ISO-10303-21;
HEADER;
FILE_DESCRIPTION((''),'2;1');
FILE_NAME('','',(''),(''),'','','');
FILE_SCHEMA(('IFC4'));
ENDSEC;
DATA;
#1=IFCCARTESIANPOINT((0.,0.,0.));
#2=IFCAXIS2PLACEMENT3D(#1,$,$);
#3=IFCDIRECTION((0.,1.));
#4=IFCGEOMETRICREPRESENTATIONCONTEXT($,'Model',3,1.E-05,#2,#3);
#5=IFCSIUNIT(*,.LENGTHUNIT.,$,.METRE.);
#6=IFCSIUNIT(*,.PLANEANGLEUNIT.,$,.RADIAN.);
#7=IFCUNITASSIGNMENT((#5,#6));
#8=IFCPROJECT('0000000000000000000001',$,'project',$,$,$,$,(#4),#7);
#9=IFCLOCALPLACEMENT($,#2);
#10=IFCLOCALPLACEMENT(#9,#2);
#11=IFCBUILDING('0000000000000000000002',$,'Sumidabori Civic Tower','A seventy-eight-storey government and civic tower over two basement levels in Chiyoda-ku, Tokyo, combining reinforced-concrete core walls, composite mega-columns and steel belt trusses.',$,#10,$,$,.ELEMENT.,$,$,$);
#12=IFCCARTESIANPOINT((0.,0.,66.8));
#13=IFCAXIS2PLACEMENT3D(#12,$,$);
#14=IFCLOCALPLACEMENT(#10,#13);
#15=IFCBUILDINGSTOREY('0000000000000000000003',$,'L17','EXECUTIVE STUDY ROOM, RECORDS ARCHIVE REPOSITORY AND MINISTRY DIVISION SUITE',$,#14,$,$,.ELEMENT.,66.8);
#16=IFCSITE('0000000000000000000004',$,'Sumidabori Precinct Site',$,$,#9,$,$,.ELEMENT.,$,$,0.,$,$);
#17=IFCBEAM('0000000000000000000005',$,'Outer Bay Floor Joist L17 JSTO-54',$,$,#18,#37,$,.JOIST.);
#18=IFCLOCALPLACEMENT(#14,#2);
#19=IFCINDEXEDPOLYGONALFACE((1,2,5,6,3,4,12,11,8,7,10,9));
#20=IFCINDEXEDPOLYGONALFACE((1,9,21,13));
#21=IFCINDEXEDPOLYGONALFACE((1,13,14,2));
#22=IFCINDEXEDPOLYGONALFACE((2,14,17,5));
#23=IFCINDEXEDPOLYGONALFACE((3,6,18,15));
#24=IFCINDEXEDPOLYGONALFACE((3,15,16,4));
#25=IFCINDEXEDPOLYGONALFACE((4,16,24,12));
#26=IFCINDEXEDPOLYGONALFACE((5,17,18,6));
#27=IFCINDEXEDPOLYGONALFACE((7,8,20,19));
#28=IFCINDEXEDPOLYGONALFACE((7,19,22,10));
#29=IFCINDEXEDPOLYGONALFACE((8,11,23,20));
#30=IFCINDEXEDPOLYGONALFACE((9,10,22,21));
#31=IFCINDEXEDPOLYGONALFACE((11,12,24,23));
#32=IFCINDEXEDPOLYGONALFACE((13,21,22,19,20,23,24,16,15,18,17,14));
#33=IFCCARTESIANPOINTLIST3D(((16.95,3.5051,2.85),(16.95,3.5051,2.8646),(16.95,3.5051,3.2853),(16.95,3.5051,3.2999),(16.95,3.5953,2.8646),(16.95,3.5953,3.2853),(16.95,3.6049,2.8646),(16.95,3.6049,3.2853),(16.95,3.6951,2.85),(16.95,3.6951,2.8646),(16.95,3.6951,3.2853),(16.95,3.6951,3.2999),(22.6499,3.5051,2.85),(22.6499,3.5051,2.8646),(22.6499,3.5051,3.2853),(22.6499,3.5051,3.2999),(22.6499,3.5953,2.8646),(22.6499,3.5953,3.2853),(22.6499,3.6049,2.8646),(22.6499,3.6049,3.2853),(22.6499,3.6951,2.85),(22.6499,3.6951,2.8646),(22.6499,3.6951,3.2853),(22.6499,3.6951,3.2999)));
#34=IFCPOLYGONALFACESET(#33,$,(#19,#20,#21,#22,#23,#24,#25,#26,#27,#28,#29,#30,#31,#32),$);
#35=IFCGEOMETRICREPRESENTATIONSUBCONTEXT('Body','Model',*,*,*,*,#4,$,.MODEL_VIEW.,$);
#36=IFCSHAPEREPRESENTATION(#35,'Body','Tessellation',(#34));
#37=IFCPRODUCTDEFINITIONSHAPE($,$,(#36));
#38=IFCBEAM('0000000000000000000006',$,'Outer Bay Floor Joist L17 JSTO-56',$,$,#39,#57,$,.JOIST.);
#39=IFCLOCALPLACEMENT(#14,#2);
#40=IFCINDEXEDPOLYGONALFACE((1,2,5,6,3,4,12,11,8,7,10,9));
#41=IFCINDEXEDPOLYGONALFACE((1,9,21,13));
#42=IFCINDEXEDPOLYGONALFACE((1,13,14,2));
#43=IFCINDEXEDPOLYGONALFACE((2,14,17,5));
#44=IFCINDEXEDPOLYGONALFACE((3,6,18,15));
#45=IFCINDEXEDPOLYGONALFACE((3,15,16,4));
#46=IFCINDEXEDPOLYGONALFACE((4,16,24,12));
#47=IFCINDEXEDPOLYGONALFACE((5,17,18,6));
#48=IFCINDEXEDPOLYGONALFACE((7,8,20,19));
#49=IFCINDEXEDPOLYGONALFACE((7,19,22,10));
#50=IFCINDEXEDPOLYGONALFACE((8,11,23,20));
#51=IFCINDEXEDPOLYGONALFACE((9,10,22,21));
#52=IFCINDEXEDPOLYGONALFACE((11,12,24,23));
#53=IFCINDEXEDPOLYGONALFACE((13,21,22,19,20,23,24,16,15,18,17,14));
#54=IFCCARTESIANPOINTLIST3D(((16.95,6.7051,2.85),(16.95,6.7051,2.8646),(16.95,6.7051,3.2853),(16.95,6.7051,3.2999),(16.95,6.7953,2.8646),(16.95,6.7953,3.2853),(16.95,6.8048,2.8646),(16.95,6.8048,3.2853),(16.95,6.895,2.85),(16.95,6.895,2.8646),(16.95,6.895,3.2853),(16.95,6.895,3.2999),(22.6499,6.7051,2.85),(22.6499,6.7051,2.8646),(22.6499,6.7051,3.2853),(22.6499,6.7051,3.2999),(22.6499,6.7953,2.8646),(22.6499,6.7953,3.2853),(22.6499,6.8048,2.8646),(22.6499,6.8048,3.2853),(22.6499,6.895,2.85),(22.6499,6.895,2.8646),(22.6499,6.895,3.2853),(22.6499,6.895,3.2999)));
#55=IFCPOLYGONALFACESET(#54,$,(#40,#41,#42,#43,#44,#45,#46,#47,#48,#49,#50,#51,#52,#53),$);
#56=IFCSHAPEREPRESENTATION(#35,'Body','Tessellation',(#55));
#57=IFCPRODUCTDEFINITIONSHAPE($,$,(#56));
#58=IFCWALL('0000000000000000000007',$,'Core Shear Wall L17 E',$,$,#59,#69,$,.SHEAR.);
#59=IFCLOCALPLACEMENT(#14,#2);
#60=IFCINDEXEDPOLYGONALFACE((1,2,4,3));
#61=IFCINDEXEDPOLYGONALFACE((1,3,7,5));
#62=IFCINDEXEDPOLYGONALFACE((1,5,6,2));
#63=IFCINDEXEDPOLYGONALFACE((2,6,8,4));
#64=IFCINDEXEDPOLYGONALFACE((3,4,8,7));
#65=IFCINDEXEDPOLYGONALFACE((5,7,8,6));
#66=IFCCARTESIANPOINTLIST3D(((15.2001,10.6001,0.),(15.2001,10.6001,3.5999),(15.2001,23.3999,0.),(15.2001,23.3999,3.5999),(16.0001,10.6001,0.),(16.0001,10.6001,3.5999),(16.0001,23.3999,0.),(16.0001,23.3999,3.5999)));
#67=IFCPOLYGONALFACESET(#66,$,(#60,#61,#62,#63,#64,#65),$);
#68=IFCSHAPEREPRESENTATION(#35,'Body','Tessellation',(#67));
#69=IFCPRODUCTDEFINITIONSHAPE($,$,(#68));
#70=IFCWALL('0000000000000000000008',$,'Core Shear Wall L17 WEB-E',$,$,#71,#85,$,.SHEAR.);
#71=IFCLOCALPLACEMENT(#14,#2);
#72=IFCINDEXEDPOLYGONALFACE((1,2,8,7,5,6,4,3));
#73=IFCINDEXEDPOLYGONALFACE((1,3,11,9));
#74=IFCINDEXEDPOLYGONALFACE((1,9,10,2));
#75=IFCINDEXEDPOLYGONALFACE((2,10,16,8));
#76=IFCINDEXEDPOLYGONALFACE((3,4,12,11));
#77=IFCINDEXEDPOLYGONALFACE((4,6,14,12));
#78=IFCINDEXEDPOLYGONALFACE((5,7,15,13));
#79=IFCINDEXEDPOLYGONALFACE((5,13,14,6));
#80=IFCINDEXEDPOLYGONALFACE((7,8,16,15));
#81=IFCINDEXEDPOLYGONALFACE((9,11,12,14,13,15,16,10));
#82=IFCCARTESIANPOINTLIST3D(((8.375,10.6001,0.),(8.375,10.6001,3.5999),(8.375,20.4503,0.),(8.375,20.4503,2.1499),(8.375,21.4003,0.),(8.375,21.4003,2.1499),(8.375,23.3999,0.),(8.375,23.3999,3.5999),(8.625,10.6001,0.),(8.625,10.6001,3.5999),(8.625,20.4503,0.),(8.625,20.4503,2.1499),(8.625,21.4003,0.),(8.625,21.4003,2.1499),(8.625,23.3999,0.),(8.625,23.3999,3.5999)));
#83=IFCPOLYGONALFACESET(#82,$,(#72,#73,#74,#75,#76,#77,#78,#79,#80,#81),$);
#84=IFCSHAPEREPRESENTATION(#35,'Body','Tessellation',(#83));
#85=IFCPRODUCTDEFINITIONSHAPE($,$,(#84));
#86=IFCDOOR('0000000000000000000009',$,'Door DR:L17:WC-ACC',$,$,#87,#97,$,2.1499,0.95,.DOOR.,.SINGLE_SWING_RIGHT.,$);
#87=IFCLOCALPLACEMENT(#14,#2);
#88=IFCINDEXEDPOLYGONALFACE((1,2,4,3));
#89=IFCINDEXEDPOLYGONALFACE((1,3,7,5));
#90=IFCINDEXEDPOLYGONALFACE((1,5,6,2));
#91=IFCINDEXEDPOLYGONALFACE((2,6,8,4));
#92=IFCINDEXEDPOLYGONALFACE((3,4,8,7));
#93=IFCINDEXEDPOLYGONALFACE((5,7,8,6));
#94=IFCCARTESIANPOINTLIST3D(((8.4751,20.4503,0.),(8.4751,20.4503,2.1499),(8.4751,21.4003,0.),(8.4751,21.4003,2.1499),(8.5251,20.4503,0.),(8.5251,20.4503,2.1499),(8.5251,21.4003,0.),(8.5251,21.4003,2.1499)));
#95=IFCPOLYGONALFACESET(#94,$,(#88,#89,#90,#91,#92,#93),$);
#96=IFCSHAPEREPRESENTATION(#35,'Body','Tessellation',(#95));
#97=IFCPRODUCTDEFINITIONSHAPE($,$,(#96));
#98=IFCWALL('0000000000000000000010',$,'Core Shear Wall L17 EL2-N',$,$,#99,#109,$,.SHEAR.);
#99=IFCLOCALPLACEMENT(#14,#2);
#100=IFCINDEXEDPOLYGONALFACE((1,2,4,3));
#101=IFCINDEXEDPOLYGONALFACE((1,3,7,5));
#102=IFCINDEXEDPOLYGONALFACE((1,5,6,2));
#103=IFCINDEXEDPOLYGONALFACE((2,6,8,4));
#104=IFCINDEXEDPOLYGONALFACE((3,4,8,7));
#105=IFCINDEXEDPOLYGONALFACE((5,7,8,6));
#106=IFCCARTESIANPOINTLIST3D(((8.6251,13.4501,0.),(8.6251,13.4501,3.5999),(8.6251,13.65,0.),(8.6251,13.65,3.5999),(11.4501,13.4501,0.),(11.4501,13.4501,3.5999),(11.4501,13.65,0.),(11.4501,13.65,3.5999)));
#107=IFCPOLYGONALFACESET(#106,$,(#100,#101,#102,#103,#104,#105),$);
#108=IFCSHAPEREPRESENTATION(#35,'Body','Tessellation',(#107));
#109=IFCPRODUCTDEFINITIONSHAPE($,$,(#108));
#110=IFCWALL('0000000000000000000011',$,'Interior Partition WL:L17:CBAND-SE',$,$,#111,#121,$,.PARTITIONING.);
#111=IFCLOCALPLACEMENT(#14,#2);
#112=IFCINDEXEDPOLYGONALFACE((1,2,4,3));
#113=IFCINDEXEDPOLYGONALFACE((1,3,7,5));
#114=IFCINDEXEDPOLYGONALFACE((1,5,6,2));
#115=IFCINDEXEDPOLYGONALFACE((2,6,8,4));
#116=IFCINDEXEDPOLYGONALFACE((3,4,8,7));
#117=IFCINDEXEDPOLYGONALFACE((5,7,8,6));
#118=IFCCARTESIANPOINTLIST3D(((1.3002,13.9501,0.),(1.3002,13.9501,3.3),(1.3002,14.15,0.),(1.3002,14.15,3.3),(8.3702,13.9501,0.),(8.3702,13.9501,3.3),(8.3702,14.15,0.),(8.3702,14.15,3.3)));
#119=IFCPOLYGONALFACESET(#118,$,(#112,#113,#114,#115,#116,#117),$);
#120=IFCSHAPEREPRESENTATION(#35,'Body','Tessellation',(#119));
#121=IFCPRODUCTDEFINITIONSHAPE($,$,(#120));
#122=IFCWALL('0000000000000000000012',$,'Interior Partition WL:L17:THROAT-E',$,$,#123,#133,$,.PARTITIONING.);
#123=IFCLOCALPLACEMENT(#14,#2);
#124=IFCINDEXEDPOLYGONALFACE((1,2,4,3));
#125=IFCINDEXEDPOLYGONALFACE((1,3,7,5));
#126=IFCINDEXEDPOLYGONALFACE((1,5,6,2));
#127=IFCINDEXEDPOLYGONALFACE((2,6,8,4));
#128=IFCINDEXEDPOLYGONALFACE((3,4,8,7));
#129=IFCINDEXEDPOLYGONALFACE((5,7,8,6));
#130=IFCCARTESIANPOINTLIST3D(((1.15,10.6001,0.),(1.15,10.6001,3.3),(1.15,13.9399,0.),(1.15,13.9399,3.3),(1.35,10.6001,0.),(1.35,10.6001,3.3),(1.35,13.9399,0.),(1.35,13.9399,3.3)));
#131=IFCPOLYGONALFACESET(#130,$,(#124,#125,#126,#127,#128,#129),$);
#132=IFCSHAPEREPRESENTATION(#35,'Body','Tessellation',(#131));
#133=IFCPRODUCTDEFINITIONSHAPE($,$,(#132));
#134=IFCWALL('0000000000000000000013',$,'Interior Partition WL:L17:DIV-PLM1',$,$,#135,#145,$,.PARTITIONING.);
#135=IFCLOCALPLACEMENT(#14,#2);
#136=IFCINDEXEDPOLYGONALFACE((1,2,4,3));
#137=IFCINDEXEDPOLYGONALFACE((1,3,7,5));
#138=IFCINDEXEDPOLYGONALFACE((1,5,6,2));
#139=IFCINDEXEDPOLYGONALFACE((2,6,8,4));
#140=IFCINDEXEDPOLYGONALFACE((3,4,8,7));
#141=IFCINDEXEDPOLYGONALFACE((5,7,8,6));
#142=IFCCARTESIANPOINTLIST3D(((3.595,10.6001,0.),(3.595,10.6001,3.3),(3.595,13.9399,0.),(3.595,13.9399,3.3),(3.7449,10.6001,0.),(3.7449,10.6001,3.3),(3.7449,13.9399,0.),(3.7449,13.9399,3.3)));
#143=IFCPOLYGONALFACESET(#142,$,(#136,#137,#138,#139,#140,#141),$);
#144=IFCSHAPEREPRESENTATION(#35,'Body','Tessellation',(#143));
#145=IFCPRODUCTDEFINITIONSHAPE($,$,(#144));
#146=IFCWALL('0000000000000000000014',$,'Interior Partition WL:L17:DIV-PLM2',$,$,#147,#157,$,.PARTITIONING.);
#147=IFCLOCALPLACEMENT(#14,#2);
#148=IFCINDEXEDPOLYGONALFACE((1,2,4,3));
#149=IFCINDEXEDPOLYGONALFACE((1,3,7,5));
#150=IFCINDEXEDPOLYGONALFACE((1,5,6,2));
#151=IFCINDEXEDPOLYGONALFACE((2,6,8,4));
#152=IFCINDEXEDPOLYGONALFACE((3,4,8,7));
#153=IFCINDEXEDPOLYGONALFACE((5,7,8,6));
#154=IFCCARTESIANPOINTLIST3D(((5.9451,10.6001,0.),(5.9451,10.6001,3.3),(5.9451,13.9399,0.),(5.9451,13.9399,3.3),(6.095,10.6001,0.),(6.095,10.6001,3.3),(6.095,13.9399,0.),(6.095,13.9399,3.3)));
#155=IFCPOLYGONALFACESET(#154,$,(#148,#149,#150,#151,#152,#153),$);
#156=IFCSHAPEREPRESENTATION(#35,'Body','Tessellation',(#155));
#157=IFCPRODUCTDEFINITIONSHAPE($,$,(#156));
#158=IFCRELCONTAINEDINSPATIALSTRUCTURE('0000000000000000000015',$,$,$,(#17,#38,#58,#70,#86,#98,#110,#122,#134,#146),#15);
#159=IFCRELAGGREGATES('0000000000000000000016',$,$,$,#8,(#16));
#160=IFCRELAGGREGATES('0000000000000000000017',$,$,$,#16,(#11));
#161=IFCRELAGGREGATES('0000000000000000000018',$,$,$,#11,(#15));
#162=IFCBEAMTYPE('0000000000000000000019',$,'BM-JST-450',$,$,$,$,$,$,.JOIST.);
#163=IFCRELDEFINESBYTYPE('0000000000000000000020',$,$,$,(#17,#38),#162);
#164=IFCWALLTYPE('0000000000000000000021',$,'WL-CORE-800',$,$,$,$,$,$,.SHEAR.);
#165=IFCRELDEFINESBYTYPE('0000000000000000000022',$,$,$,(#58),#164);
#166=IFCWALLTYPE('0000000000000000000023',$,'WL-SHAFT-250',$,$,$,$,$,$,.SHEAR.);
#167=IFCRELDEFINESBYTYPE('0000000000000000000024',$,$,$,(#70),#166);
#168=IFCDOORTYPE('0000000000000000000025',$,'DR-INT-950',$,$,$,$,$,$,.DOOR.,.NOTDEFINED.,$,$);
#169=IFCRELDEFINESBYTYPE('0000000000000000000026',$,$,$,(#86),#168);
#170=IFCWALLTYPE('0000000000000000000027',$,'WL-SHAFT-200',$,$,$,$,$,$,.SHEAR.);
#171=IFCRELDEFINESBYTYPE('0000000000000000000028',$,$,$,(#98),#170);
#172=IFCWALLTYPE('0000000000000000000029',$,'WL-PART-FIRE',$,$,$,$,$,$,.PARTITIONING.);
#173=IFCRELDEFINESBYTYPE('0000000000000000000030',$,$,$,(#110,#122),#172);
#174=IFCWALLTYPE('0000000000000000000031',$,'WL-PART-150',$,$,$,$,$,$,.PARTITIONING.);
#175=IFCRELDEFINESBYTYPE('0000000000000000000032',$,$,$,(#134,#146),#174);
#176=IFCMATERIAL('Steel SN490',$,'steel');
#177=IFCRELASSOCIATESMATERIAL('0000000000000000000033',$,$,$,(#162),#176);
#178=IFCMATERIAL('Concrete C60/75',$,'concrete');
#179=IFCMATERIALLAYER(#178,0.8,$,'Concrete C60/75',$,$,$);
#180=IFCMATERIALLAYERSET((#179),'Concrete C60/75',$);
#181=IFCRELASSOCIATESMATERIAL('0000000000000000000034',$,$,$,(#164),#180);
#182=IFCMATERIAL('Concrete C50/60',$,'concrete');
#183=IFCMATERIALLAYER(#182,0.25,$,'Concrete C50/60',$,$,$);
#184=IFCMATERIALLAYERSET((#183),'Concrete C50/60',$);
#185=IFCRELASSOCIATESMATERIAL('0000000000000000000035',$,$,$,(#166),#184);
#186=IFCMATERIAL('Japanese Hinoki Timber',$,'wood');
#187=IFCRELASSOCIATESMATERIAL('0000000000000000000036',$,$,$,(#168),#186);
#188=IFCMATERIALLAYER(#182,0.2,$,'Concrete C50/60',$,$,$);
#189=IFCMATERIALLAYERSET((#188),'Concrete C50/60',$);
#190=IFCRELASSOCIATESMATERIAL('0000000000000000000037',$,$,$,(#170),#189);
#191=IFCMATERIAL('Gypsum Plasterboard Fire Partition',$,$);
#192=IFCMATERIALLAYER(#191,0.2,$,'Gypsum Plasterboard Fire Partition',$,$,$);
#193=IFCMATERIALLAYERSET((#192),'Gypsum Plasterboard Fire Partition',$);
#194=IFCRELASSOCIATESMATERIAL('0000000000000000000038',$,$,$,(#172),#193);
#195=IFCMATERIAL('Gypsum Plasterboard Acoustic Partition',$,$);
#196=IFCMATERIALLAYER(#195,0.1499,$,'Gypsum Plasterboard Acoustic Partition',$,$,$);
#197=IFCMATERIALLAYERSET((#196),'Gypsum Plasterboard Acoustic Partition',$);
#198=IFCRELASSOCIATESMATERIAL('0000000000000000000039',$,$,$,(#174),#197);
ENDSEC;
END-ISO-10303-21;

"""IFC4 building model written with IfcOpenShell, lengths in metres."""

from ifc_helpers import new_model, si_unit, direction, frame, frame_2d, origin, origin_2d, place, context, subcontext, project, spatial, rectangle, i_section, extrude, source, transform, mapped, material, layer, layer_set, material_profile, profile_set, type_object, element, fill, save


model = new_model("IFC4")

# Units and contexts
model_context = context("Model", 3, precision=1e-05, world=origin(), true_north=direction((0.0, 1.0)))
body_context = subcontext(model_context, "Body", "Model", "MODEL_VIEW")
ifc_project = project(units=[si_unit("LENGTHUNIT", "METRE"), si_unit("PLANEANGLEUNIT", "RADIAN")], contexts=[model_context])

# Site, building, storey
site_placement = place(None, origin())
site = spatial("IfcSite", under=ifc_project, at=site_placement, Name="Sumidabori Precinct Site", CompositionType="ELEMENT", RefElevation=0.0)
building_placement = place(site_placement, origin())
building = spatial("IfcBuilding", under=site, at=building_placement, Name="Sumidabori Civic Tower", Description="A seventy-eight-storey government and civic tower over two basement levels in Chiyoda-ku, Tokyo, combining reinforced-concrete core walls, composite mega-columns and steel belt trusses.", CompositionType="ELEMENT")
storey_placement = place(building_placement, frame((0.0, 0.0, 66.8)))
storey = spatial("IfcBuildingStorey", under=building, at=storey_placement, Name="L17", Description="EXECUTIVE STUDY ROOM, RECORDS ARCHIVE REPOSITORY AND MINISTRY DIVISION SUITE", CompositionType="ELEMENT", Elevation=66.8)

# Shared definitions
ifc_material_1 = material(Name="Concrete C60/75", Category="concrete")

# Beams
ifc_material_2 = material(Name="Steel SN490", Category="steel")
ifc_material_profile_1 = material_profile(ifc_material_2, i_section(OverallWidth=0.1899, OverallDepth=0.45, WebThickness=0.0095, FlangeThickness=0.0146, at=origin_2d()), Name="IPE 450")
ifc_profile_set_1 = profile_set([ifc_material_profile_1], Name="Steel SN490")
beam_type_1 = type_object("IfcBeamType", Name="BM-JST-450", PredefinedType="JOIST", material=ifc_profile_set_1)
shared_shape_1 = source(origin(), body_context, "Body", "SweptSolid", [
    extrude(i_section(OverallWidth=0.1899, OverallDepth=0.45, WebThickness=0.0095, FlangeThickness=0.0146, at=origin_2d()), origin(), (0.0, 0.0, 1.0), 5.7),
])
for number, where, z_axis, x_axis, name in (
    (1, (16.95, 3.6001, 3.075), (1.0, 0.0, 0.0), (0.0, 1.0, 0.0), "Outer Bay Floor Joist L17 JSTO-54"),
    (2, (16.95, 6.8, 3.075), (1.0, 0.0, 0.0), (0.0, 1.0, 0.0), "Outer Bay Floor Joist L17 JSTO-56"),
):
    element("IfcBeam", number, at=place(storey_placement, frame(where, z_axis=z_axis, x_axis=x_axis)), inside=storey, type_object=beam_type_1, Name=name, PredefinedType="JOIST", context=body_context, shape_type="MappedRepresentation", body=[
        mapped(shared_shape_1, transform((0.0, 0.0, 0.0), x_axis=(1.0, 0.0, 0.0), y_axis=(0.0, 1.0, 0.0), z_axis=(0.0, 0.0, 1.0), scale=1.0)),
    ])

# Wall
ifc_layer_1 = layer(ifc_material_1, 0.8, Name="Concrete C60/75")
ifc_layer_set_1 = layer_set([ifc_layer_1], Name="Concrete C60/75")
wall_type_1 = type_object("IfcWallType", Name="WL-CORE-800", PredefinedType="SHEAR", material=ifc_layer_set_1)
shared_shape_2 = source(origin(), body_context, "Body", "SweptSolid", [
    extrude(rectangle(XDim=12.7998, YDim=0.8, at=frame_2d((6.3999, 0.0))), origin(), (0.0, 0.0, 1.0), 3.5999),
])
wall_1_placement = place(storey_placement, frame((15.6001, 10.6001, 0.0), z_axis=(0.0, 0.0, 1.0), x_axis=(0.0, 1.0, 0.0)))
element("IfcWall", 3, at=wall_1_placement, inside=storey, type_object=wall_type_1, Name="Core Shear Wall L17 E", PredefinedType="SHEAR", context=body_context, shape_type="MappedRepresentation", body=[
    mapped(shared_shape_2, transform((0.0, 0.0, 0.0), x_axis=(1.0, 0.0, 0.0), y_axis=(0.0, 1.0, 0.0), z_axis=(0.0, 0.0, 1.0), scale=1.0)),
])

# Wall, opening, door
ifc_material_3 = material(Name="Concrete C50/60", Category="concrete")
ifc_layer_2 = layer(ifc_material_3, 0.25, Name="Concrete C50/60")
ifc_layer_set_2 = layer_set([ifc_layer_2], Name="Concrete C50/60")
wall_type_2 = type_object("IfcWallType", Name="WL-SHAFT-250", PredefinedType="SHEAR", material=ifc_layer_set_2)
shared_shape_3 = source(origin(), body_context, "Body", "SweptSolid", [
    extrude(rectangle(XDim=12.7998, YDim=0.25, at=frame_2d((6.3999, 0.0))), origin(), (0.0, 0.0, 1.0), 3.5999),
])
wall_2_placement = place(storey_placement, frame((8.5, 10.6001, 0.0), z_axis=(0.0, 0.0, 1.0), x_axis=(0.0, 1.0, 0.0)))
wall_2 = element("IfcWall", 4, at=wall_2_placement, inside=storey, type_object=wall_type_2, Name="Core Shear Wall L17 WEB-E", PredefinedType="SHEAR", context=body_context, shape_type="MappedRepresentation", body=[
    mapped(shared_shape_3, transform((0.0, 0.0, 0.0), x_axis=(1.0, 0.0, 0.0), y_axis=(0.0, 1.0, 0.0), z_axis=(0.0, 0.0, 1.0), scale=1.0)),
])
opening_1_placement = place(wall_2_placement, frame((9.8501, 0.0, 0.0)))
opening_1 = element("IfcOpeningElement", 5, at=opening_1_placement, cuts=wall_2, PredefinedType="OPENING", context=body_context, shape_type="SweptSolid", body=[
    extrude(rectangle(XDim=0.95, YDim=2.1499, at=frame_2d((0.4751, 1.075))), frame((0.0, 0.137, 0.0), z_axis=(0.0, -1.0, 0.0), x_axis=(1.0, 0.0, 0.0)), (0.0, 0.0, 1.0), 0.2739),
])
ifc_material_4 = material(Name="Japanese Hinoki Timber", Category="wood")
door_type_1 = type_object("IfcDoorType", Name="DR-INT-950", OperationType="NOTDEFINED", PredefinedType="DOOR", material=ifc_material_4)
shared_shape_4 = source(origin(), body_context, "Body", "SweptSolid", [
    extrude(rectangle(XDim=0.95, YDim=2.1499, at=frame_2d((0.4751, 1.075))), frame((0.0, 0.0249, 0.0), z_axis=(0.0, -1.0, 0.0), x_axis=(1.0, 0.0, 0.0)), (0.0, 0.0, 1.0), 0.05),
])
door_1_placement = place(opening_1_placement, origin())
door_1 = element("IfcDoor", 6, at=door_1_placement, inside=storey, type_object=door_type_1, Name="Door DR:L17:WC-ACC", OperationType="SINGLE_SWING_RIGHT", OverallHeight=2.1499, OverallWidth=0.95, PredefinedType="DOOR", context=body_context, shape_type="MappedRepresentation", body=[
    mapped(shared_shape_4, transform((0.0, 0.0, 0.0), x_axis=(1.0, 0.0, 0.0), y_axis=(0.0, 1.0, 0.0), z_axis=(0.0, 0.0, 1.0), scale=1.0)),
])
fill(opening_1, door_1)
ifc_layer_3 = layer(ifc_material_3, 0.2, Name="Concrete C50/60")
ifc_layer_set_3 = layer_set([ifc_layer_3], Name="Concrete C50/60")
wall_type_3 = type_object("IfcWallType", Name="WL-SHAFT-200", PredefinedType="SHEAR", material=ifc_layer_set_3)

# Walls
shared_shape_5 = source(origin(), body_context, "Body", "SweptSolid", [
    extrude(rectangle(XDim=2.825, YDim=0.2, at=frame_2d((1.4126, 0.0))), origin(), (0.0, 0.0, 1.0), 3.5999),
])
wall_3_placement = place(storey_placement, frame((8.625, 13.55, 0.0), z_axis=(0.0, 0.0, 1.0), x_axis=(1.0, 0.0, 0.0)))
element("IfcWall", 7, at=wall_3_placement, inside=storey, type_object=wall_type_3, Name="Core Shear Wall L17 EL2-N", PredefinedType="SHEAR", context=body_context, shape_type="MappedRepresentation", body=[
    mapped(shared_shape_5, transform((0.0, 0.0, 0.0), x_axis=(1.0, 0.0, 0.0), y_axis=(0.0, 1.0, 0.0), z_axis=(0.0, 0.0, 1.0), scale=1.0)),
])
ifc_material_5 = material(Name="Gypsum Plasterboard Fire Partition")
ifc_layer_4 = layer(ifc_material_5, 0.2, Name="Gypsum Plasterboard Fire Partition")
ifc_layer_set_4 = layer_set([ifc_layer_4], Name="Gypsum Plasterboard Fire Partition")
wall_type_4 = type_object("IfcWallType", Name="WL-PART-FIRE", PredefinedType="PARTITIONING", material=ifc_layer_set_4)
shared_shape_6 = source(origin(), body_context, "Body", "SweptSolid", [
    extrude(rectangle(XDim=7.0701, YDim=0.2, at=frame_2d((3.5352, 0.0))), origin(), (0.0, 0.0, 1.0), 3.3),
])
wall_4_placement = place(storey_placement, frame((1.3, 14.05, 0.0), z_axis=(0.0, 0.0, 1.0), x_axis=(1.0, 0.0, 0.0)))
element("IfcWall", 8, at=wall_4_placement, inside=storey, type_object=wall_type_4, Name="Interior Partition WL:L17:CBAND-SE", PredefinedType="PARTITIONING", context=body_context, shape_type="MappedRepresentation", body=[
    mapped(shared_shape_6, transform((0.0, 0.0, 0.0), x_axis=(1.0, 0.0, 0.0), y_axis=(0.0, 1.0, 0.0), z_axis=(0.0, 0.0, 1.0), scale=1.0)),
])
shared_shape_7 = source(origin(), body_context, "Body", "SweptSolid", [
    extrude(rectangle(XDim=3.3398, YDim=0.2, at=frame_2d((1.6699, 0.0))), origin(), (0.0, 0.0, 1.0), 3.3),
])
wall_5_placement = place(storey_placement, frame((1.25, 10.6001, 0.0), z_axis=(0.0, 0.0, 1.0), x_axis=(0.0, 1.0, 0.0)))
element("IfcWall", 9, at=wall_5_placement, inside=storey, type_object=wall_type_4, Name="Interior Partition WL:L17:THROAT-E", PredefinedType="PARTITIONING", context=body_context, shape_type="MappedRepresentation", body=[
    mapped(shared_shape_7, transform((0.0, 0.0, 0.0), x_axis=(1.0, 0.0, 0.0), y_axis=(0.0, 1.0, 0.0), z_axis=(0.0, 0.0, 1.0), scale=1.0)),
])
ifc_material_6 = material(Name="Gypsum Plasterboard Acoustic Partition")
ifc_layer_5 = layer(ifc_material_6, 0.1499, Name="Gypsum Plasterboard Acoustic Partition")
ifc_layer_set_5 = layer_set([ifc_layer_5], Name="Gypsum Plasterboard Acoustic Partition")
wall_type_5 = type_object("IfcWallType", Name="WL-PART-150", PredefinedType="PARTITIONING", material=ifc_layer_set_5)
shared_shape_8 = source(origin(), body_context, "Body", "SweptSolid", [
    extrude(rectangle(XDim=3.3398, YDim=0.1499, at=frame_2d((1.6699, 0.0))), origin(), (0.0, 0.0, 1.0), 3.3),
])
for number, where, z_axis, x_axis, name in (
    (10, (3.6699, 10.6001, 0.0), (0.0, 0.0, 1.0), (0.0, 1.0, 0.0), "Interior Partition WL:L17:DIV-PLM1"),
    (11, (6.02, 10.6001, 0.0), (0.0, 0.0, 1.0), (0.0, 1.0, 0.0), "Interior Partition WL:L17:DIV-PLM2"),
):
    element("IfcWall", number, at=place(storey_placement, frame(where, z_axis=z_axis, x_axis=x_axis)), inside=storey, type_object=wall_type_5, Name=name, PredefinedType="PARTITIONING", context=body_context, shape_type="MappedRepresentation", body=[
        mapped(shared_shape_8, transform((0.0, 0.0, 0.0), x_axis=(1.0, 0.0, 0.0), y_axis=(0.0, 1.0, 0.0), z_axis=(0.0, 0.0, 1.0), scale=1.0)),
    ])

save(model, "model.ifc")
